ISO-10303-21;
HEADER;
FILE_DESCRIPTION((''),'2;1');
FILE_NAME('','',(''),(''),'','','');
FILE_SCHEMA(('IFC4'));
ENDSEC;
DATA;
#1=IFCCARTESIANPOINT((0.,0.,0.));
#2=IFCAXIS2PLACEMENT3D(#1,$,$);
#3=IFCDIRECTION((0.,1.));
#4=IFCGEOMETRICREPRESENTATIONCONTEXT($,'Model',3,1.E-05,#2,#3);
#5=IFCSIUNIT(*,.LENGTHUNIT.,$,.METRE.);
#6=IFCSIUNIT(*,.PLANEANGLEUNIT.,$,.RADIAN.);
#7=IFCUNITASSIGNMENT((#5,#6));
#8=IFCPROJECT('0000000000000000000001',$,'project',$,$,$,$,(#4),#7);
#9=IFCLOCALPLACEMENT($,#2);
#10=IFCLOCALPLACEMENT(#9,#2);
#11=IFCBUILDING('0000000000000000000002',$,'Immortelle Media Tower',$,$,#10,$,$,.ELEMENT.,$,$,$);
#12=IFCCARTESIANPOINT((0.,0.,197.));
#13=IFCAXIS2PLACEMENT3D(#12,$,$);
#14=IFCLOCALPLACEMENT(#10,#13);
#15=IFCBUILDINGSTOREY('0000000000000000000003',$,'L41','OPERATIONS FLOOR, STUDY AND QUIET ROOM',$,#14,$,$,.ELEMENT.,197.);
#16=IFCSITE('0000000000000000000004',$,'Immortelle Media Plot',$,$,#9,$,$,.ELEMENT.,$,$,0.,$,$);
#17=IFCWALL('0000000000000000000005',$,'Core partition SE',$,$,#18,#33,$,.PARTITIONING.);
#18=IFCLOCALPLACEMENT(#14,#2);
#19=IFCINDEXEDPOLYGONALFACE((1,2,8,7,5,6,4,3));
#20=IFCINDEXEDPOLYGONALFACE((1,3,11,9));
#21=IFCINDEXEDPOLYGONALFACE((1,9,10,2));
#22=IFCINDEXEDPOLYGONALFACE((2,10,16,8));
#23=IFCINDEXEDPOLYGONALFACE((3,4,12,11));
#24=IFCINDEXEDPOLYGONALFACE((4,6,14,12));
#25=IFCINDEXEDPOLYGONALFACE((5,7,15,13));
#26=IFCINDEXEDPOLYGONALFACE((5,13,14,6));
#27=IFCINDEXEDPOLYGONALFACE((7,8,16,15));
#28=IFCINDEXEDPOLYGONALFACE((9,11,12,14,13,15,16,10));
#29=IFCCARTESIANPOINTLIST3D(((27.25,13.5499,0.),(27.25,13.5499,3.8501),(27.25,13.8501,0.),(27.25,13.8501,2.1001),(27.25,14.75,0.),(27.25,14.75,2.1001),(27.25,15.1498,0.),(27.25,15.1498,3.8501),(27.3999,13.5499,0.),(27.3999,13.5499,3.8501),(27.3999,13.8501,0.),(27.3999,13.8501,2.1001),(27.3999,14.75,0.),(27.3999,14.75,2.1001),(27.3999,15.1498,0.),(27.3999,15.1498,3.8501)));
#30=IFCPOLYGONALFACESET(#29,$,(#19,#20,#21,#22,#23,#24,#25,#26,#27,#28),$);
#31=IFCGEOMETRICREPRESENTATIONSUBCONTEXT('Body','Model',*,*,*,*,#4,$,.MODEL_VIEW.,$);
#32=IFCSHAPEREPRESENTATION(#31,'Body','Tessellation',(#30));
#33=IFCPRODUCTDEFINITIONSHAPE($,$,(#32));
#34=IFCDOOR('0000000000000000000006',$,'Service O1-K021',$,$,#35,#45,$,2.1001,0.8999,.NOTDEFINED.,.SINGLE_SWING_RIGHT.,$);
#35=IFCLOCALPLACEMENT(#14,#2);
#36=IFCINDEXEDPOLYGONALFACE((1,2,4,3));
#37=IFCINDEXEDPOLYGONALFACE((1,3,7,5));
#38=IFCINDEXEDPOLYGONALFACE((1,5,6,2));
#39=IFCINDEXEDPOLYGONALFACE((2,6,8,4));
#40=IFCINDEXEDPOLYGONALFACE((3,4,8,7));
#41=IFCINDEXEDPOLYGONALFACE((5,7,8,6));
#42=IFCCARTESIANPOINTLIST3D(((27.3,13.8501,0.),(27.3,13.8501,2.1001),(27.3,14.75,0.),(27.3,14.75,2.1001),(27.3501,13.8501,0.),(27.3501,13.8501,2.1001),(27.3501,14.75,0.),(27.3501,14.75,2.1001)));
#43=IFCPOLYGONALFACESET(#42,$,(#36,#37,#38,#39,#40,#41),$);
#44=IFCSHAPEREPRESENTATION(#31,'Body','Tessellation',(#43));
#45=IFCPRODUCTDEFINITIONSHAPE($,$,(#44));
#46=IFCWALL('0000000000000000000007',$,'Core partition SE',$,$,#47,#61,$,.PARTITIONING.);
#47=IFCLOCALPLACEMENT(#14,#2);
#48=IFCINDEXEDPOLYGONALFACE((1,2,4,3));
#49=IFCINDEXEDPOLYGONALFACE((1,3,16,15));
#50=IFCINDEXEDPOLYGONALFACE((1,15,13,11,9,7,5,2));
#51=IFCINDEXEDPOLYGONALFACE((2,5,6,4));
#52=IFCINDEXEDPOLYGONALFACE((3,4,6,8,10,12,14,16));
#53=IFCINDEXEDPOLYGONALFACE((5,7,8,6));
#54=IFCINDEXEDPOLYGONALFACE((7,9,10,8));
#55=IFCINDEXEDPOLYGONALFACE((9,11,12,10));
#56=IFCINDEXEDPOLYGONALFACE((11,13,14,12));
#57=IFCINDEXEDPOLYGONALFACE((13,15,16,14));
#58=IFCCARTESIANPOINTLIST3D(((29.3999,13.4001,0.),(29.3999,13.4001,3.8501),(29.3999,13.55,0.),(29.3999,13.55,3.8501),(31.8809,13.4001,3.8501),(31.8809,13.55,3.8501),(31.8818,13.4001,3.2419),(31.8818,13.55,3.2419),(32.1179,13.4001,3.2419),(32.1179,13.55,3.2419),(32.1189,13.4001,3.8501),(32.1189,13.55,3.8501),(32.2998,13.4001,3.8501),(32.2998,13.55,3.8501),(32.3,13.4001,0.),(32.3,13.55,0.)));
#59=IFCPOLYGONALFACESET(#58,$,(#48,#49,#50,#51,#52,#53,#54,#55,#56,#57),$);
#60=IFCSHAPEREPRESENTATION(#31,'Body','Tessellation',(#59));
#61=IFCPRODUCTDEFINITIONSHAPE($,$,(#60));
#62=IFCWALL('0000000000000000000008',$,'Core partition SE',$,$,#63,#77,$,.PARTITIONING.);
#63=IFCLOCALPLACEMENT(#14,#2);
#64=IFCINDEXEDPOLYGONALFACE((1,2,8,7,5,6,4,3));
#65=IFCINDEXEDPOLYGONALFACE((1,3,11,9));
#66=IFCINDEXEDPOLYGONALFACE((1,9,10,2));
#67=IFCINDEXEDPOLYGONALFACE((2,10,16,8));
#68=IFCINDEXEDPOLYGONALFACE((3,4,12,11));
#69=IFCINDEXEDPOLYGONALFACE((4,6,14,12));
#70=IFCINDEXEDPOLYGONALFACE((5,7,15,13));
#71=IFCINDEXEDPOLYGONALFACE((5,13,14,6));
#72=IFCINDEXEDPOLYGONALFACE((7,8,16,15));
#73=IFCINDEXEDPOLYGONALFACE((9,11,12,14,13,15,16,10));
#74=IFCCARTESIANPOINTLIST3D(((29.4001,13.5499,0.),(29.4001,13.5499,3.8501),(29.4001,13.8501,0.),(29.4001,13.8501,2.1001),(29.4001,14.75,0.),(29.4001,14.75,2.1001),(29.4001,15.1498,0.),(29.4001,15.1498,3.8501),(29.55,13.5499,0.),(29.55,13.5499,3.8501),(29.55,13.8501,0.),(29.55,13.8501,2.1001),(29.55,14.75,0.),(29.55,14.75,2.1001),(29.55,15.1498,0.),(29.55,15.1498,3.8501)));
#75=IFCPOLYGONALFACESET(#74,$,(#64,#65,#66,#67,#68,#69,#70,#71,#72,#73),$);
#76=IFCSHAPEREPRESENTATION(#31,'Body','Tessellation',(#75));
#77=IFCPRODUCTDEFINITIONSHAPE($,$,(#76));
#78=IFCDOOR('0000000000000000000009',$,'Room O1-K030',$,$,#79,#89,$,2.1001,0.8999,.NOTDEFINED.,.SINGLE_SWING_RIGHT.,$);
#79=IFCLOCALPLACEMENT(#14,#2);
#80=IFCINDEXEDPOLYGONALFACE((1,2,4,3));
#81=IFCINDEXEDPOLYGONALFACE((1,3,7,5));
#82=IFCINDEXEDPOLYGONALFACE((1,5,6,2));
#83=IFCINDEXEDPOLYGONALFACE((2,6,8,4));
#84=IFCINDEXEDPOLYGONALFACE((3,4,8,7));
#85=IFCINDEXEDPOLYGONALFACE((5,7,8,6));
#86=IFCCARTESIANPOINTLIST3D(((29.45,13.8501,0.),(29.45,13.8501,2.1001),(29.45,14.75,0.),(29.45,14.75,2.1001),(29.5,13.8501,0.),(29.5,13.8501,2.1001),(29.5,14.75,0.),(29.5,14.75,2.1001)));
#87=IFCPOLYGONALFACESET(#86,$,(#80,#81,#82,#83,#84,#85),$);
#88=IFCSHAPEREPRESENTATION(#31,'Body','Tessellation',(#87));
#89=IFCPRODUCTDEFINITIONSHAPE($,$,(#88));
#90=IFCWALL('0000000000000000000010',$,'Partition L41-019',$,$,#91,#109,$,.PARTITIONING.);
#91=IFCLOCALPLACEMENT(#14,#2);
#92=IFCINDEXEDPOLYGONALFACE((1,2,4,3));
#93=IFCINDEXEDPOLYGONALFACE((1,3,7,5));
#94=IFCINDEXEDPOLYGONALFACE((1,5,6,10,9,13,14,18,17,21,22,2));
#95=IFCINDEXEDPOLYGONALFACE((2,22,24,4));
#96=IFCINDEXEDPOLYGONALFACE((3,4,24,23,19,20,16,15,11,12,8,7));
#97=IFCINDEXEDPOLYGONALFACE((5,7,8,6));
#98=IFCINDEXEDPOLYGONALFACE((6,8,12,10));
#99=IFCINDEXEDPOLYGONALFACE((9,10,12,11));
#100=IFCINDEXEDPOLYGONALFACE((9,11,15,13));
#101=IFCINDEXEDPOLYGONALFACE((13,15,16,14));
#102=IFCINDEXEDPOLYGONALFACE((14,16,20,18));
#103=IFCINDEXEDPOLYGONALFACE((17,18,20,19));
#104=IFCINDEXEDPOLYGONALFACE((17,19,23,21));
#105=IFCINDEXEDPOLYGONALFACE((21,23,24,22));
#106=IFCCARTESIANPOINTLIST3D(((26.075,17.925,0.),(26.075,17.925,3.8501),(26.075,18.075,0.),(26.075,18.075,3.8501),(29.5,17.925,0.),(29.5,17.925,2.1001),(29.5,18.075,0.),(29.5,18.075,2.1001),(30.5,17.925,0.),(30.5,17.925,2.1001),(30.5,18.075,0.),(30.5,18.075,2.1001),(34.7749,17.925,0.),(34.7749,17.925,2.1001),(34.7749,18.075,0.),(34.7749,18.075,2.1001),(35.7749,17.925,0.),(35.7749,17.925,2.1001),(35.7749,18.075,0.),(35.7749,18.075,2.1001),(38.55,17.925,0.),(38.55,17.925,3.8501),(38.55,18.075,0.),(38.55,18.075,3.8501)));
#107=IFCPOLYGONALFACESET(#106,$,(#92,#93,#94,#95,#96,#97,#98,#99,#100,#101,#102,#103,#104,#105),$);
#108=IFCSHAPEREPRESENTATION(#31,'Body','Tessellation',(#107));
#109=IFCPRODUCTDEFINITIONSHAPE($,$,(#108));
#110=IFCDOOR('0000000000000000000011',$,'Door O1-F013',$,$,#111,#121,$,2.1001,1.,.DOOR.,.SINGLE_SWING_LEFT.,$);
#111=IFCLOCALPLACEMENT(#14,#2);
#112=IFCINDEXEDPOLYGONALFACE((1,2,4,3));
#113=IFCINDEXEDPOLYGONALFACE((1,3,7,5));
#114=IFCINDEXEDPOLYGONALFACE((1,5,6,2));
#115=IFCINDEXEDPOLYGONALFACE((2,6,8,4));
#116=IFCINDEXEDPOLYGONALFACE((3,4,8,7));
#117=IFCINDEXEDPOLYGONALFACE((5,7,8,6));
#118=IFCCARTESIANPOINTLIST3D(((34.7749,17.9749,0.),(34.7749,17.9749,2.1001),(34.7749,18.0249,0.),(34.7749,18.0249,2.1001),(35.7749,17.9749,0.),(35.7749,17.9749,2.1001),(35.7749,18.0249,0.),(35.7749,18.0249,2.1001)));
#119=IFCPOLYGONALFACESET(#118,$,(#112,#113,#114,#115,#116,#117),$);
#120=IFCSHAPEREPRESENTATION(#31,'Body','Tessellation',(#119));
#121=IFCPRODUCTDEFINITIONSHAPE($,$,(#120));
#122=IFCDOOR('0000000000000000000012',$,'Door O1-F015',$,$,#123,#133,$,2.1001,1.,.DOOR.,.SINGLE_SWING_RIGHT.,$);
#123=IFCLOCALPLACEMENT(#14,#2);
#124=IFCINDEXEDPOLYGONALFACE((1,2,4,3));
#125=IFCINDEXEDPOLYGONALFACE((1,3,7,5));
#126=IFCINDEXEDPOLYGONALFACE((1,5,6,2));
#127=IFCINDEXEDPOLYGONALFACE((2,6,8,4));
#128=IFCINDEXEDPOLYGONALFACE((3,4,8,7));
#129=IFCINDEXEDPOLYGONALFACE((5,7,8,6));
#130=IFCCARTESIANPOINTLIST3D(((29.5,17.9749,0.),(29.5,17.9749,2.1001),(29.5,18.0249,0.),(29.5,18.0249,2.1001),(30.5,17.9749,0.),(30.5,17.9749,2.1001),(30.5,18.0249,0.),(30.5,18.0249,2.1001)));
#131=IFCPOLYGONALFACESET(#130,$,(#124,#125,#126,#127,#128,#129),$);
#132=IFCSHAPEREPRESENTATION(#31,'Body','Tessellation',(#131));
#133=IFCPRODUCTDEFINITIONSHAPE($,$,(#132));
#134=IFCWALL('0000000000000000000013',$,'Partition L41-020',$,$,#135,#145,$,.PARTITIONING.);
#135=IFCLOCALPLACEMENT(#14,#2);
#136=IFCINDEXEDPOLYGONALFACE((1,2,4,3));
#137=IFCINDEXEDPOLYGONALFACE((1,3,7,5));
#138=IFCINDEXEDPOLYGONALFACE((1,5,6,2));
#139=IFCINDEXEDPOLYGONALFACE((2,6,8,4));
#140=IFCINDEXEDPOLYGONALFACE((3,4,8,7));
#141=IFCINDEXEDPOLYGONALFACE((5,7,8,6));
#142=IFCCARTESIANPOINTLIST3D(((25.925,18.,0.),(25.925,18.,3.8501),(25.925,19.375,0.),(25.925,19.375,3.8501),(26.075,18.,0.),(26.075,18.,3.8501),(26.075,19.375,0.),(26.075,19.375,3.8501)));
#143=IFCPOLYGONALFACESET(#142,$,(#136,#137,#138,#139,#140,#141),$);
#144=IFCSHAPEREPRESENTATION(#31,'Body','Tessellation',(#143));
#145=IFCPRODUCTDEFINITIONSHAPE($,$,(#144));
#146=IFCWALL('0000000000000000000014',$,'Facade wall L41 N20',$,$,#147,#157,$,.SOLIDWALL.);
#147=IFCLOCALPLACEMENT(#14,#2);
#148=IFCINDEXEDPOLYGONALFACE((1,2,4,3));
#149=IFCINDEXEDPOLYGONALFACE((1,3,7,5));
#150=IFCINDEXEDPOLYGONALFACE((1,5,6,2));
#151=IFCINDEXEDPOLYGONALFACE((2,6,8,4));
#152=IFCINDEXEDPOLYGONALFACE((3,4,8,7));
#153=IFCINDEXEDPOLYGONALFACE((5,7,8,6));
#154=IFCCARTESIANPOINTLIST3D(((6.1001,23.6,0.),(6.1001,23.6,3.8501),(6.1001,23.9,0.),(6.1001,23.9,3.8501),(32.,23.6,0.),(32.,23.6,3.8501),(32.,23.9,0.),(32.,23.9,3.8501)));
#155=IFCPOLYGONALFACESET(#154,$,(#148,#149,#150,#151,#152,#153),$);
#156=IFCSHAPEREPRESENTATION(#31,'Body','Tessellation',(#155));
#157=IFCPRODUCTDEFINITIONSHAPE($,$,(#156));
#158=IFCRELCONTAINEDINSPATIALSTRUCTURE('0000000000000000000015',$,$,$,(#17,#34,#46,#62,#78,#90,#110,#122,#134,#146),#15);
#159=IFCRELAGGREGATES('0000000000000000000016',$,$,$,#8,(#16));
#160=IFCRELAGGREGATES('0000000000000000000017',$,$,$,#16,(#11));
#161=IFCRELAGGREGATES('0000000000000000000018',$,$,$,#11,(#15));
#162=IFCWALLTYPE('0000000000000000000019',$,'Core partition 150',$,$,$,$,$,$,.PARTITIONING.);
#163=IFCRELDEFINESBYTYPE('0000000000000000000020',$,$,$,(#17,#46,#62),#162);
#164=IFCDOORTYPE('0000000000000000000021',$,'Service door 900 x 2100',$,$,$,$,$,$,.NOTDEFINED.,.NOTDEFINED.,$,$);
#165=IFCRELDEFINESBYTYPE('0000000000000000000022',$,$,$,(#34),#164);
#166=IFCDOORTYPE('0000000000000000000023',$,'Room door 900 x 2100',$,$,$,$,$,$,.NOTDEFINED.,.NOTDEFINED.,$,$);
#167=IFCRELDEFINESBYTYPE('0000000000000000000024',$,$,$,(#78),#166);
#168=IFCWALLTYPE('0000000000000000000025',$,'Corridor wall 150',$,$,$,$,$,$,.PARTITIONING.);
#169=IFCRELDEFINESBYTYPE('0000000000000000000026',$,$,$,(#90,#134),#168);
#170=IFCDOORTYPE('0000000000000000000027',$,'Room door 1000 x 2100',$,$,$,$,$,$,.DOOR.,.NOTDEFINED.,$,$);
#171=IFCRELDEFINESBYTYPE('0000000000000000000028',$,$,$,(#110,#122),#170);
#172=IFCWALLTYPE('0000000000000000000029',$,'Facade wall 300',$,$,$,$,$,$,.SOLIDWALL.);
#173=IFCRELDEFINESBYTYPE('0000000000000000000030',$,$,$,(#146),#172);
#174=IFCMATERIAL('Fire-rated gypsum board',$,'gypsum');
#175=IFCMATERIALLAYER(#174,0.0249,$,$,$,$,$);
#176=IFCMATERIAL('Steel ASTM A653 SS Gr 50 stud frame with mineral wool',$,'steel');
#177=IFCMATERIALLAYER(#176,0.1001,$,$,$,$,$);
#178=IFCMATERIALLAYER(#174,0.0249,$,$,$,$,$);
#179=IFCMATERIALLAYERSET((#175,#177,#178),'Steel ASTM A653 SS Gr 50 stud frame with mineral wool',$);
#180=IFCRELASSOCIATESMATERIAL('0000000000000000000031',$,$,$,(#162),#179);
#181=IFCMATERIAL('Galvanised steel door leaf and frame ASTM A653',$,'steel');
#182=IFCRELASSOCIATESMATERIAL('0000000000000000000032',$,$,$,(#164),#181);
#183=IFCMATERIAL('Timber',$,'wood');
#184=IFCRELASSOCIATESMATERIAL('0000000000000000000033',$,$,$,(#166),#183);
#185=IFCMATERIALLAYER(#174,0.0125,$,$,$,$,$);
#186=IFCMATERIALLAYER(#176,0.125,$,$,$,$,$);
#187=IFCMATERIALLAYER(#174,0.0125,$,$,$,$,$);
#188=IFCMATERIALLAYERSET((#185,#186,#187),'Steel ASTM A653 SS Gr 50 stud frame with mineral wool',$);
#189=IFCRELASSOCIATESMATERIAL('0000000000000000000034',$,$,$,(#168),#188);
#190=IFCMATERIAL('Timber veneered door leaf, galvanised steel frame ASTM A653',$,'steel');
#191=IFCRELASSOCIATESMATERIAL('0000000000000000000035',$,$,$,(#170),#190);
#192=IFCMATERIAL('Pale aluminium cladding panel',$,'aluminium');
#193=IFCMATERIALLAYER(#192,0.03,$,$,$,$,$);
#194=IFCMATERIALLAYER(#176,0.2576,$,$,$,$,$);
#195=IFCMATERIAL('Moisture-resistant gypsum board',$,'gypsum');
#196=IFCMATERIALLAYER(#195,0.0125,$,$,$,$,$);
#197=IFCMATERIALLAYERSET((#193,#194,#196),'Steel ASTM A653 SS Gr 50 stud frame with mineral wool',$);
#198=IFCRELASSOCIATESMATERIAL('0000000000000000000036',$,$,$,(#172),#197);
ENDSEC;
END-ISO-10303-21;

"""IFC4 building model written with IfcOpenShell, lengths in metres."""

from ifc_helpers import new_model, si_unit, direction, frame, frame_2d, origin, place, context, subcontext, project, spatial, polyline, rectangle, outline, extrude, material, layer, layer_set, type_object, element, fill, save


model = new_model("IFC4")

# Units and contexts
model_context = context("Model", 3, precision=1e-05, world=origin(), true_north=direction((0.0, 1.0)))
body_context = subcontext(model_context, "Body", "Model", "MODEL_VIEW")
ifc_project = project(units=[si_unit("LENGTHUNIT", "METRE"), si_unit("PLANEANGLEUNIT", "RADIAN")], contexts=[model_context])

# Site, building, storey
site_placement = place(None, origin())
site = spatial("IfcSite", under=ifc_project, at=site_placement, Name="Immortelle Media Plot", CompositionType="ELEMENT", RefElevation=0.0)
building_placement = place(site_placement, origin())
building = spatial("IfcBuilding", under=site, at=building_placement, Name="Immortelle Media Tower", CompositionType="ELEMENT")
storey_placement = place(building_placement, frame((0.0, 0.0, 197.0)))
storey = spatial("IfcBuildingStorey", under=building, at=storey_placement, Name="L41", Description="OPERATIONS FLOOR, STUDY AND QUIET ROOM", CompositionType="ELEMENT", Elevation=197.0)

# Shared definitions
ifc_material_1 = material(Name="Fire-rated gypsum board", Category="gypsum")
ifc_layer_1 = layer(ifc_material_1, 0.0249)
ifc_material_2 = material(Name="Steel ASTM A653 SS Gr 50 stud frame with mineral wool", Category="steel")
ifc_layer_2 = layer(ifc_material_2, 0.1001)
ifc_layer_3 = layer(ifc_material_1, 0.0249)
ifc_layer_set_1 = layer_set([ifc_layer_1, ifc_layer_2, ifc_layer_3], Name="Steel ASTM A653 SS Gr 50 stud frame with mineral wool")
wall_type_1 = type_object("IfcWallType", Name="Core partition 150", PredefinedType="PARTITIONING", material=ifc_layer_set_1)

# Wall, opening, door
wall_1_placement = place(storey_placement, frame((27.325, 13.55, 0.0), z_axis=(0.0, 0.0, 1.0), x_axis=(0.0, 1.0, 0.0)))
wall_1 = element("IfcWall", 1, at=wall_1_placement, inside=storey, type_object=wall_type_1, Name="Core partition SE", PredefinedType="PARTITIONING", context=body_context, shape_type="SweptSolid", body=[
    extrude(rectangle(XDim=1.5999, YDim=0.1499, at=frame_2d((0.7998, 0.0))), origin(), (0.0, 0.0, 1.0), 3.8501),
])
opening_1_placement = place(wall_1_placement, frame((0.3, 0.0, 0.0)))
opening_1 = element("IfcOpeningElement", 2, at=opening_1_placement, cuts=wall_1, PredefinedType="OPENING", context=body_context, shape_type="SweptSolid", body=[
    extrude(rectangle(XDim=0.8999, YDim=2.1001, at=frame_2d((0.45, 1.05))), frame((0.0, 0.085, 0.0), z_axis=(0.0, -1.0, 0.0), x_axis=(1.0, 0.0, 0.0)), (0.0, 0.0, 1.0), 0.1699),
])
ifc_material_3 = material(Name="Galvanised steel door leaf and frame ASTM A653", Category="steel")
door_type_1 = type_object("IfcDoorType", Name="Service door 900 x 2100", OperationType="NOTDEFINED", PredefinedType="NOTDEFINED", material=ifc_material_3)
door_1_placement = place(opening_1_placement, origin())
door_1 = element("IfcDoor", 3, at=door_1_placement, inside=storey, type_object=door_type_1, Name="Service O1-K021", OperationType="SINGLE_SWING_RIGHT", OverallHeight=2.1001, OverallWidth=0.8999, PredefinedType="NOTDEFINED", context=body_context, shape_type="SweptSolid", body=[
    extrude(rectangle(XDim=0.8999, YDim=2.1001, at=frame_2d((0.45, 1.05))), frame((0.0, 0.0249, 0.0), z_axis=(0.0, -1.0, 0.0), x_axis=(1.0, 0.0, 0.0)), (0.0, 0.0, 1.0), 0.05),
])
fill(opening_1, door_1)

# Wall
wall_2_placement = place(storey_placement, frame((29.3999, 13.4751, 0.0), z_axis=(0.0, 0.0, 1.0), x_axis=(1.0, 0.0, 0.0)))
element("IfcWall", 4, at=wall_2_placement, inside=storey, type_object=wall_type_1, Name="Core partition SE", PredefinedType="PARTITIONING", context=body_context, shape_type="SweptSolid", body=[
    extrude(outline(polyline([(0.0, 0.0), (2.9001, 0.0), (2.8999, 3.8501), (2.719, 3.8501), (2.718, 3.2419), (2.4819, 3.2419), (2.481, 3.8501), (0.0, 3.8501), (0.0, 0.0)])), frame((0.0, 0.075, 0.0), z_axis=(0.0, -1.0, 0.0), x_axis=(1.0, 0.0, 0.0)), (0.0, 0.0, 1.0), 0.1499),
])

# Wall, opening, door
wall_3_placement = place(storey_placement, frame((29.4751, 13.55, 0.0), z_axis=(0.0, 0.0, 1.0), x_axis=(0.0, 1.0, 0.0)))
wall_3 = element("IfcWall", 5, at=wall_3_placement, inside=storey, type_object=wall_type_1, Name="Core partition SE", PredefinedType="PARTITIONING", context=body_context, shape_type="SweptSolid", body=[
    extrude(rectangle(XDim=1.5999, YDim=0.1499, at=frame_2d((0.7998, 0.0))), origin(), (0.0, 0.0, 1.0), 3.8501),
])
opening_2_placement = place(wall_3_placement, frame((1.2, 0.0, 0.0), z_axis=(0.0, 0.0, 1.0), x_axis=(-1.0, 0.0, 0.0)))
opening_2 = element("IfcOpeningElement", 6, at=opening_2_placement, cuts=wall_3, PredefinedType="OPENING", context=body_context, shape_type="SweptSolid", body=[
    extrude(rectangle(XDim=0.8999, YDim=2.1001, at=frame_2d((0.45, 1.05))), frame((0.0, 0.085, 0.0), z_axis=(0.0, -1.0, 0.0), x_axis=(1.0, 0.0, 0.0)), (0.0, 0.0, 1.0), 0.1699),
])
ifc_material_4 = material(Name="Timber", Category="wood")
door_type_2 = type_object("IfcDoorType", Name="Room door 900 x 2100", OperationType="NOTDEFINED", PredefinedType="NOTDEFINED", material=ifc_material_4)
door_2_placement = place(opening_2_placement, origin())
door_2 = element("IfcDoor", 7, at=door_2_placement, inside=storey, type_object=door_type_2, Name="Room O1-K030", OperationType="SINGLE_SWING_RIGHT", OverallHeight=2.1001, OverallWidth=0.8999, PredefinedType="NOTDEFINED", context=body_context, shape_type="SweptSolid", body=[
    extrude(rectangle(XDim=0.8999, YDim=2.1001, at=frame_2d((0.45, 1.05))), frame((0.0, 0.0249, 0.0), z_axis=(0.0, -1.0, 0.0), x_axis=(1.0, 0.0, 0.0)), (0.0, 0.0, 1.0), 0.05),
])
fill(opening_2, door_2)

# Wall, openings, doors
ifc_layer_4 = layer(ifc_material_1, 0.0125)
ifc_layer_5 = layer(ifc_material_2, 0.125)
ifc_layer_6 = layer(ifc_material_1, 0.0125)
ifc_layer_set_2 = layer_set([ifc_layer_4, ifc_layer_5, ifc_layer_6], Name="Steel ASTM A653 SS Gr 50 stud frame with mineral wool")
wall_type_2 = type_object("IfcWallType", Name="Corridor wall 150", PredefinedType="PARTITIONING", material=ifc_layer_set_2)
wall_4_placement = place(storey_placement, frame((26.075, 18.0, 0.0), z_axis=(0.0, 0.0, 1.0), x_axis=(1.0, 0.0, 0.0)))
wall_4 = element("IfcWall", 8, at=wall_4_placement, inside=storey, type_object=wall_type_2, Name="Partition L41-019", PredefinedType="PARTITIONING", context=body_context, shape_type="SweptSolid", body=[
    extrude(rectangle(XDim=12.4751, YDim=0.1499, at=frame_2d((6.2375, 0.0))), origin(), (0.0, 0.0, 1.0), 3.8501),
])
opening_3_placement = place(wall_4_placement, frame((8.7, 0.0, 0.0)))
opening_3 = element("IfcOpeningElement", 9, at=opening_3_placement, cuts=wall_4, PredefinedType="OPENING", context=body_context, shape_type="SweptSolid", body=[
    extrude(rectangle(XDim=1.0, YDim=2.1001, at=frame_2d((0.5, 1.05))), frame((0.0, 0.085, 0.0), z_axis=(0.0, -1.0, 0.0), x_axis=(1.0, 0.0, 0.0)), (0.0, 0.0, 1.0), 0.1699),
])
opening_4_placement = place(wall_4_placement, frame((3.425, 0.0, 0.0)))
opening_4 = element("IfcOpeningElement", 10, at=opening_4_placement, cuts=wall_4, PredefinedType="OPENING", context=body_context, shape_type="SweptSolid", body=[
    extrude(rectangle(XDim=1.0, YDim=2.1001, at=frame_2d((0.5, 1.05))), frame((0.0, 0.085, 0.0), z_axis=(0.0, -1.0, 0.0), x_axis=(1.0, 0.0, 0.0)), (0.0, 0.0, 1.0), 0.1699),
])
ifc_material_5 = material(Name="Timber veneered door leaf, galvanised steel frame ASTM A653", Category="steel")
door_type_3 = type_object("IfcDoorType", Name="Room door 1000 x 2100", OperationType="NOTDEFINED", PredefinedType="DOOR", material=ifc_material_5)
door_3_placement = place(opening_3_placement, origin())
door_3 = element("IfcDoor", 11, at=door_3_placement, inside=storey, type_object=door_type_3, Name="Door O1-F013", OperationType="SINGLE_SWING_LEFT", OverallHeight=2.1001, OverallWidth=1.0, PredefinedType="DOOR", context=body_context, shape_type="SweptSolid", body=[
    extrude(rectangle(XDim=1.0, YDim=2.1001, at=frame_2d((0.5, 1.05))), frame((0.0, 0.0249, 0.0), z_axis=(0.0, -1.0, 0.0), x_axis=(1.0, 0.0, 0.0)), (0.0, 0.0, 1.0), 0.05),
])
fill(opening_3, door_3)
door_4_placement = place(opening_4_placement, origin())
door_4 = element("IfcDoor", 12, at=door_4_placement, inside=storey, type_object=door_type_3, Name="Door O1-F015", OperationType="SINGLE_SWING_RIGHT", OverallHeight=2.1001, OverallWidth=1.0, PredefinedType="DOOR", context=body_context, shape_type="SweptSolid", body=[
    extrude(rectangle(XDim=1.0, YDim=2.1001, at=frame_2d((0.5, 1.05))), frame((0.0, 0.0249, 0.0), z_axis=(0.0, -1.0, 0.0), x_axis=(1.0, 0.0, 0.0)), (0.0, 0.0, 1.0), 0.05),
])
fill(opening_4, door_4)

# Walls
wall_5_placement = place(storey_placement, frame((26.0, 18.0, 0.0), z_axis=(0.0, 0.0, 1.0), x_axis=(0.0, 1.0, 0.0)))
element("IfcWall", 13, at=wall_5_placement, inside=storey, type_object=wall_type_2, Name="Partition L41-020", PredefinedType="PARTITIONING", context=body_context, shape_type="SweptSolid", body=[
    extrude(rectangle(XDim=1.375, YDim=0.1499, at=frame_2d((0.6875, 0.0))), origin(), (0.0, 0.0, 1.0), 3.8501),
])
ifc_material_6 = material(Name="Pale aluminium cladding panel", Category="aluminium")
ifc_layer_7 = layer(ifc_material_6, 0.03)
ifc_layer_8 = layer(ifc_material_2, 0.2576)
ifc_material_7 = material(Name="Moisture-resistant gypsum board", Category="gypsum")
ifc_layer_9 = layer(ifc_material_7, 0.0125)
ifc_layer_set_3 = layer_set([ifc_layer_7, ifc_layer_8, ifc_layer_9], Name="Steel ASTM A653 SS Gr 50 stud frame with mineral wool")
wall_type_3 = type_object("IfcWallType", Name="Facade wall 300", PredefinedType="SOLIDWALL", material=ifc_layer_set_3)
wall_6_placement = place(storey_placement, frame((32.0, 23.75, 0.0), z_axis=(0.0, 0.0, 1.0), x_axis=(-1.0, 0.0, 0.0)))
element("IfcWall", 14, at=wall_6_placement, inside=storey, type_object=wall_type_3, Name="Facade wall L41 N20", PredefinedType="SOLIDWALL", context=body_context, shape_type="SweptSolid", body=[
    extrude(rectangle(XDim=25.8999, YDim=0.3, at=frame_2d((12.95, 0.0))), origin(), (0.0, 0.0, 1.0), 3.8501),
])

save(model, "model.ifc")
